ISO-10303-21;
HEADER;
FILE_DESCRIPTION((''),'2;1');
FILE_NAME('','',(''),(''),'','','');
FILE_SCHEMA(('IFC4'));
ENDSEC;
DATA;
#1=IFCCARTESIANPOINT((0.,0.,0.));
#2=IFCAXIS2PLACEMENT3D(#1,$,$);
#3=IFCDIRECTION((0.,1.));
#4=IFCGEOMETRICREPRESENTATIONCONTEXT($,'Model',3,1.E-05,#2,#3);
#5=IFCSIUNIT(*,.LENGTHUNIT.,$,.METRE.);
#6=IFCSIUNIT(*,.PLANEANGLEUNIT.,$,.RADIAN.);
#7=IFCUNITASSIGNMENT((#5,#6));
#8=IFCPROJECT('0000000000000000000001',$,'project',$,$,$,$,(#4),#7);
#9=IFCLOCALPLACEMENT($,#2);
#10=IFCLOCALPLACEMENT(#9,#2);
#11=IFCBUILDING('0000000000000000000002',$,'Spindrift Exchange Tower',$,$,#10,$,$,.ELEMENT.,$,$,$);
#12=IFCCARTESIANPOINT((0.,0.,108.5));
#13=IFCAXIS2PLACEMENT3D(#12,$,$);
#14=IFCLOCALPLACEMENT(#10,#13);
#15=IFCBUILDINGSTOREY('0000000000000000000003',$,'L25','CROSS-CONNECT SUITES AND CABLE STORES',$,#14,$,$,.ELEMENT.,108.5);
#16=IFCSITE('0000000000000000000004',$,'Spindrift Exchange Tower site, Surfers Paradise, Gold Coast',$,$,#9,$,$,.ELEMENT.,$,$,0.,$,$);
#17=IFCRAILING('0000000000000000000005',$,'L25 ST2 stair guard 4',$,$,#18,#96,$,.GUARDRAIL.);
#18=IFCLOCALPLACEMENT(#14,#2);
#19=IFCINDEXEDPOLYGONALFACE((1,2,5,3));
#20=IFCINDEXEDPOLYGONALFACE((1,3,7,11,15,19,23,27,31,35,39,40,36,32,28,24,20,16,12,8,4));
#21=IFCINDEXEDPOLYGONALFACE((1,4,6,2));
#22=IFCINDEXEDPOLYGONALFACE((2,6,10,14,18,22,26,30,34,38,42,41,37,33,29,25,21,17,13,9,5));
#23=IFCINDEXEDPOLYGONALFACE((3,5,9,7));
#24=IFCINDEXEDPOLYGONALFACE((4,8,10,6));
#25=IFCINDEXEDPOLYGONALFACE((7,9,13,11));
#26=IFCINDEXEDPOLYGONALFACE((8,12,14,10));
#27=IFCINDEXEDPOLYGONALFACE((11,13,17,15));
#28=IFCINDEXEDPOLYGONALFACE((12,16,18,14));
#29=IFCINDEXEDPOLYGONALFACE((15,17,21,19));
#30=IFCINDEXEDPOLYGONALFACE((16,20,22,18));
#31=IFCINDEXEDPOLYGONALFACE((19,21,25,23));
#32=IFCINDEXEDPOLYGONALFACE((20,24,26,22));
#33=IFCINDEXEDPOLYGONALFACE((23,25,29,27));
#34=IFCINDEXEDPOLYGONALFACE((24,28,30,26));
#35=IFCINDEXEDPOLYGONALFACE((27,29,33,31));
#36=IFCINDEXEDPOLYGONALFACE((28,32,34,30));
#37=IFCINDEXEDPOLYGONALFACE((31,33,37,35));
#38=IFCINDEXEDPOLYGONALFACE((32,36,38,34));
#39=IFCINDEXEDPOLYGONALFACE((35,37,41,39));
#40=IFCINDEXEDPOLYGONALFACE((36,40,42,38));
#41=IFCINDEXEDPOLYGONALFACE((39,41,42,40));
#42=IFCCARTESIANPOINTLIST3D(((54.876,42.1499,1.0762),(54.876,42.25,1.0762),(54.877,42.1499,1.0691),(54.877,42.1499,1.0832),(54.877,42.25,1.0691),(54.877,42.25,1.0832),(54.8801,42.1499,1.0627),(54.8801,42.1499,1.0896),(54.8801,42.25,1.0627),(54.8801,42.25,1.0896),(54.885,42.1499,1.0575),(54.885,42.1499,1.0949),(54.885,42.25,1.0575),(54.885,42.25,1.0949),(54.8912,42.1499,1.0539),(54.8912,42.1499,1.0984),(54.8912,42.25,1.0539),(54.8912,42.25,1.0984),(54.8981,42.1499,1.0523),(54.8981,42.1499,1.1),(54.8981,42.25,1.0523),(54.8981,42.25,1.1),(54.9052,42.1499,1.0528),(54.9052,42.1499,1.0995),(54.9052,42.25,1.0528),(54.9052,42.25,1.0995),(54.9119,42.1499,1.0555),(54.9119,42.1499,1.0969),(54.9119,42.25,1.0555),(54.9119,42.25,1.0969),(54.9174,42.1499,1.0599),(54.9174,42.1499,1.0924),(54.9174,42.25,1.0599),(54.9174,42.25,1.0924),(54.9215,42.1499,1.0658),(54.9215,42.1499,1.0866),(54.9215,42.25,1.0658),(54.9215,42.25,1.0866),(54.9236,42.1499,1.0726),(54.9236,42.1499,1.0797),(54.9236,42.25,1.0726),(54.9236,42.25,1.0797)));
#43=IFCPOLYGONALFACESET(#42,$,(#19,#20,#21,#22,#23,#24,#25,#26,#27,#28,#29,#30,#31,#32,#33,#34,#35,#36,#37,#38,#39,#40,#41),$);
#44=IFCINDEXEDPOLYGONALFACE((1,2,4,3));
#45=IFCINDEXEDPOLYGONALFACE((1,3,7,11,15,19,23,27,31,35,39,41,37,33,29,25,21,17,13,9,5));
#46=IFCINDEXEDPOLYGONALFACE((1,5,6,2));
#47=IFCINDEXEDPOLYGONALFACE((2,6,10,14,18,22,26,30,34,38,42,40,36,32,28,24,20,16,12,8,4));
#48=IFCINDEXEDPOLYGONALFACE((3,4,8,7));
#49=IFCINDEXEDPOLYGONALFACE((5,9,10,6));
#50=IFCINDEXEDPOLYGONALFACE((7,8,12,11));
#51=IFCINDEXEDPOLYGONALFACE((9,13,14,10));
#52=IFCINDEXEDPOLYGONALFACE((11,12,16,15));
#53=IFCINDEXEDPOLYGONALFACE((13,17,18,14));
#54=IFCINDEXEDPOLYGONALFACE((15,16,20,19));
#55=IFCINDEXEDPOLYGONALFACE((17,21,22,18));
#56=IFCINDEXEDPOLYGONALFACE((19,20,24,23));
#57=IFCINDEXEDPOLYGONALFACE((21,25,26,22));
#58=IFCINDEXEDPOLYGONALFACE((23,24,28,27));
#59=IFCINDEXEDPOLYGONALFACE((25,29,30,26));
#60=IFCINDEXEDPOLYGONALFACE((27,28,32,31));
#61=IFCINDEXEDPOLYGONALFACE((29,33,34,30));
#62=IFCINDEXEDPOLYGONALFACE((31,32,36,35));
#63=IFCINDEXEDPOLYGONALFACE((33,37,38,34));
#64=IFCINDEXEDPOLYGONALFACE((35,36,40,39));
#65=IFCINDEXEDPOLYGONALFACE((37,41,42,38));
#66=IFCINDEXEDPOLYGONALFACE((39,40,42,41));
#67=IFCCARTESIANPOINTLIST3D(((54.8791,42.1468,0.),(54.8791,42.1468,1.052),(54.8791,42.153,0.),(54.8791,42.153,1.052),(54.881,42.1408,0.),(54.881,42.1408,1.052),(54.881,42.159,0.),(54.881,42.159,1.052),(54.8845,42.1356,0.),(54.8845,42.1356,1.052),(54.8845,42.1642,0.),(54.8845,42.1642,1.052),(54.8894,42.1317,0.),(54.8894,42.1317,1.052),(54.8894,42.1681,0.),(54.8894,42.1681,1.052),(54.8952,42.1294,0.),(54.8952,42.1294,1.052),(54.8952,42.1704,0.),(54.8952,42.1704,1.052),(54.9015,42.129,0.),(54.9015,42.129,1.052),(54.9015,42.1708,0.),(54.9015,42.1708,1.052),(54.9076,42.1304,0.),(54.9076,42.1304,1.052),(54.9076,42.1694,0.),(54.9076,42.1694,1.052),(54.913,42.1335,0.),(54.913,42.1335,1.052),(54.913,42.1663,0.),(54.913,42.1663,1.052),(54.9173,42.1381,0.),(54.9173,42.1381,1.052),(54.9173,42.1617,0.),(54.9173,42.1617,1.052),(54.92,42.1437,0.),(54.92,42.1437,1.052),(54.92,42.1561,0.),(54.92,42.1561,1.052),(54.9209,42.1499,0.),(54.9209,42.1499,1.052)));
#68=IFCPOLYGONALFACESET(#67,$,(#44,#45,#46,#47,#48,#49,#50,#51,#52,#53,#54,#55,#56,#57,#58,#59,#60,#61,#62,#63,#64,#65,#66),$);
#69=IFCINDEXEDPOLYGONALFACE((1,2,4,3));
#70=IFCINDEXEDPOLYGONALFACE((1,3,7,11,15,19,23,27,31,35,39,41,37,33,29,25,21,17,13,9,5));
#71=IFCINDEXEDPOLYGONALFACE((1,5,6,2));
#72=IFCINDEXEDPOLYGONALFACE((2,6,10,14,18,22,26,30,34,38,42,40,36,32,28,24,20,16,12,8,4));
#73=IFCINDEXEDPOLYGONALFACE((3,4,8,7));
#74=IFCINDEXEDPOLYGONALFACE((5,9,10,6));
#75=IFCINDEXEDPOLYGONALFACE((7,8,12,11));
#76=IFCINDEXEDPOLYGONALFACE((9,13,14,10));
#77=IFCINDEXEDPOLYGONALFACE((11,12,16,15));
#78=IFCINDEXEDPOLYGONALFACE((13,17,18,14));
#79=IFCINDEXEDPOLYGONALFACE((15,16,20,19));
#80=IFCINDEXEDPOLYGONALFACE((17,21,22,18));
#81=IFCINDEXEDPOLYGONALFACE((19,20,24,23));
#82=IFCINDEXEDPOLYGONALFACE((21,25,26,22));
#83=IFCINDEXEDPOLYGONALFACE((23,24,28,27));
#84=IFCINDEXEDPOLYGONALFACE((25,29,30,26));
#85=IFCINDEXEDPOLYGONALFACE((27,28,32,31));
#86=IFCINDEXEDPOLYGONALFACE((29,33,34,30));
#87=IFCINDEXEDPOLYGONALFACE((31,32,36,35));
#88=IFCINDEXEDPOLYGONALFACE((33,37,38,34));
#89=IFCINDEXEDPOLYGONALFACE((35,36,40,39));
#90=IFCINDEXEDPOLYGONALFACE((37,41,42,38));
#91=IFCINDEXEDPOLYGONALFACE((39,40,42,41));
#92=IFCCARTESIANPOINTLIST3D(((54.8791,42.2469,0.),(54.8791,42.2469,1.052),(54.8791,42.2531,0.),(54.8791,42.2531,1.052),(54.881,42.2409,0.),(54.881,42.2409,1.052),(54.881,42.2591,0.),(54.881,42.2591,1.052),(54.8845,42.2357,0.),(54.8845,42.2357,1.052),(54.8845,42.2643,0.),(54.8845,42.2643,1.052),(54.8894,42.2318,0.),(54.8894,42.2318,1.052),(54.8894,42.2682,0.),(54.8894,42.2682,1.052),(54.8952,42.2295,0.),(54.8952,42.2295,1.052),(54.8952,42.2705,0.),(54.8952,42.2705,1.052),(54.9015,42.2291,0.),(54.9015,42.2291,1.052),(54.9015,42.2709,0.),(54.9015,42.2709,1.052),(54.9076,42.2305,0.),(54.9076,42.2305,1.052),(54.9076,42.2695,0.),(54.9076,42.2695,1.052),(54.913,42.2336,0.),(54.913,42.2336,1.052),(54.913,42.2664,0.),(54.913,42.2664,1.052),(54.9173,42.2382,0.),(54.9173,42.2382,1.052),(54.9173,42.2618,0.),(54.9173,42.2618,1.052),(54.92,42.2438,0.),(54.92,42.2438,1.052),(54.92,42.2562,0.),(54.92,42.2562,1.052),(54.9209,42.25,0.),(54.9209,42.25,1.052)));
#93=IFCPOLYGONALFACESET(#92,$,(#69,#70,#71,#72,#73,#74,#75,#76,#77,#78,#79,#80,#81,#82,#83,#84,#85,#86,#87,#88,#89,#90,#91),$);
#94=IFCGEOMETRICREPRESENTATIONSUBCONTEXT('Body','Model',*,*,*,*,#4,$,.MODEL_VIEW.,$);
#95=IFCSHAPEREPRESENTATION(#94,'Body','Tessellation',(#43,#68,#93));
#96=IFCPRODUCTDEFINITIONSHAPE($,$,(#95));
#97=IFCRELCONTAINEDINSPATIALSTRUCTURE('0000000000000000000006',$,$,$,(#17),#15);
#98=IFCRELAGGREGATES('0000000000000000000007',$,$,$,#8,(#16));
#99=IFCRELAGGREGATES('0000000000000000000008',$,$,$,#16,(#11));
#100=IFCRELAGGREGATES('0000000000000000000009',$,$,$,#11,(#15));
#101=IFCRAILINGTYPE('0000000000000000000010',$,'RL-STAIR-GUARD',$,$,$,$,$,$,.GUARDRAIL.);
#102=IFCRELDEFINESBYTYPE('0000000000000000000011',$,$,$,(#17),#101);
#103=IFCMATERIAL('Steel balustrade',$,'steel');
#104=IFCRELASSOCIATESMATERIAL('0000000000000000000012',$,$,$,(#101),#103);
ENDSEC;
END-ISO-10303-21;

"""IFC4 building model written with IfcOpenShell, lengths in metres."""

from ifc_helpers import new_model, si_unit, direction, frame, origin, origin_2d, place, context, subcontext, project, spatial, circle, extrude, material, type_object, element, save


model = new_model("IFC4")

# Units and contexts
model_context = context("Model", 3, precision=1e-05, world=origin(), true_north=direction((0.0, 1.0)))
body_context = subcontext(model_context, "Body", "Model", "MODEL_VIEW")
ifc_project = project(units=[si_unit("LENGTHUNIT", "METRE"), si_unit("PLANEANGLEUNIT", "RADIAN")], contexts=[model_context])

# Site, building, storey
site_placement = place(None, origin())
site = spatial("IfcSite", under=ifc_project, at=site_placement, Name="Spindrift Exchange Tower site, Surfers Paradise, Gold Coast", CompositionType="ELEMENT", RefElevation=0.0)
building_placement = place(site_placement, origin())
building = spatial("IfcBuilding", under=site, at=building_placement, Name="Spindrift Exchange Tower", CompositionType="ELEMENT")
storey_placement = place(building_placement, frame((0.0, 0.0, 108.5)))
storey = spatial("IfcBuildingStorey", under=building, at=storey_placement, Name="L25", Description="CROSS-CONNECT SUITES AND CABLE STORES", CompositionType="ELEMENT", Elevation=108.5)

# Railing
ifc_material_1 = material(Name="Steel balustrade", Category="steel")
railing_type_1 = type_object("IfcRailingType", Name="RL-STAIR-GUARD", PredefinedType="GUARDRAIL", material=ifc_material_1)
railing_1_placement = place(storey_placement, frame((54.8999, 42.1499, 0.0)))
element("IfcRailing", 1, at=railing_1_placement, inside=storey, type_object=railing_type_1, Name="L25 ST2 stair guard 4", PredefinedType="GUARDRAIL", context=body_context, shape_type="SweptSolid", body=[
    extrude(circle(Radius=0.0239, at=origin_2d()), frame((0.0, 0.0, 1.0762), z_axis=(0.0, 1.0, 0.0), x_axis=(-1.0, 0.0, 0.0)), (0.0, 0.0, 1.0), 0.1001),
    extrude(circle(Radius=0.021, at=origin_2d()), origin(), (0.0, 0.0, 1.0), 1.052),
    extrude(circle(Radius=0.021, at=origin_2d()), frame((0.0, 0.1001, 0.0)), (0.0, 0.0, 1.0), 1.052),
])

save(model, "model.ifc")
